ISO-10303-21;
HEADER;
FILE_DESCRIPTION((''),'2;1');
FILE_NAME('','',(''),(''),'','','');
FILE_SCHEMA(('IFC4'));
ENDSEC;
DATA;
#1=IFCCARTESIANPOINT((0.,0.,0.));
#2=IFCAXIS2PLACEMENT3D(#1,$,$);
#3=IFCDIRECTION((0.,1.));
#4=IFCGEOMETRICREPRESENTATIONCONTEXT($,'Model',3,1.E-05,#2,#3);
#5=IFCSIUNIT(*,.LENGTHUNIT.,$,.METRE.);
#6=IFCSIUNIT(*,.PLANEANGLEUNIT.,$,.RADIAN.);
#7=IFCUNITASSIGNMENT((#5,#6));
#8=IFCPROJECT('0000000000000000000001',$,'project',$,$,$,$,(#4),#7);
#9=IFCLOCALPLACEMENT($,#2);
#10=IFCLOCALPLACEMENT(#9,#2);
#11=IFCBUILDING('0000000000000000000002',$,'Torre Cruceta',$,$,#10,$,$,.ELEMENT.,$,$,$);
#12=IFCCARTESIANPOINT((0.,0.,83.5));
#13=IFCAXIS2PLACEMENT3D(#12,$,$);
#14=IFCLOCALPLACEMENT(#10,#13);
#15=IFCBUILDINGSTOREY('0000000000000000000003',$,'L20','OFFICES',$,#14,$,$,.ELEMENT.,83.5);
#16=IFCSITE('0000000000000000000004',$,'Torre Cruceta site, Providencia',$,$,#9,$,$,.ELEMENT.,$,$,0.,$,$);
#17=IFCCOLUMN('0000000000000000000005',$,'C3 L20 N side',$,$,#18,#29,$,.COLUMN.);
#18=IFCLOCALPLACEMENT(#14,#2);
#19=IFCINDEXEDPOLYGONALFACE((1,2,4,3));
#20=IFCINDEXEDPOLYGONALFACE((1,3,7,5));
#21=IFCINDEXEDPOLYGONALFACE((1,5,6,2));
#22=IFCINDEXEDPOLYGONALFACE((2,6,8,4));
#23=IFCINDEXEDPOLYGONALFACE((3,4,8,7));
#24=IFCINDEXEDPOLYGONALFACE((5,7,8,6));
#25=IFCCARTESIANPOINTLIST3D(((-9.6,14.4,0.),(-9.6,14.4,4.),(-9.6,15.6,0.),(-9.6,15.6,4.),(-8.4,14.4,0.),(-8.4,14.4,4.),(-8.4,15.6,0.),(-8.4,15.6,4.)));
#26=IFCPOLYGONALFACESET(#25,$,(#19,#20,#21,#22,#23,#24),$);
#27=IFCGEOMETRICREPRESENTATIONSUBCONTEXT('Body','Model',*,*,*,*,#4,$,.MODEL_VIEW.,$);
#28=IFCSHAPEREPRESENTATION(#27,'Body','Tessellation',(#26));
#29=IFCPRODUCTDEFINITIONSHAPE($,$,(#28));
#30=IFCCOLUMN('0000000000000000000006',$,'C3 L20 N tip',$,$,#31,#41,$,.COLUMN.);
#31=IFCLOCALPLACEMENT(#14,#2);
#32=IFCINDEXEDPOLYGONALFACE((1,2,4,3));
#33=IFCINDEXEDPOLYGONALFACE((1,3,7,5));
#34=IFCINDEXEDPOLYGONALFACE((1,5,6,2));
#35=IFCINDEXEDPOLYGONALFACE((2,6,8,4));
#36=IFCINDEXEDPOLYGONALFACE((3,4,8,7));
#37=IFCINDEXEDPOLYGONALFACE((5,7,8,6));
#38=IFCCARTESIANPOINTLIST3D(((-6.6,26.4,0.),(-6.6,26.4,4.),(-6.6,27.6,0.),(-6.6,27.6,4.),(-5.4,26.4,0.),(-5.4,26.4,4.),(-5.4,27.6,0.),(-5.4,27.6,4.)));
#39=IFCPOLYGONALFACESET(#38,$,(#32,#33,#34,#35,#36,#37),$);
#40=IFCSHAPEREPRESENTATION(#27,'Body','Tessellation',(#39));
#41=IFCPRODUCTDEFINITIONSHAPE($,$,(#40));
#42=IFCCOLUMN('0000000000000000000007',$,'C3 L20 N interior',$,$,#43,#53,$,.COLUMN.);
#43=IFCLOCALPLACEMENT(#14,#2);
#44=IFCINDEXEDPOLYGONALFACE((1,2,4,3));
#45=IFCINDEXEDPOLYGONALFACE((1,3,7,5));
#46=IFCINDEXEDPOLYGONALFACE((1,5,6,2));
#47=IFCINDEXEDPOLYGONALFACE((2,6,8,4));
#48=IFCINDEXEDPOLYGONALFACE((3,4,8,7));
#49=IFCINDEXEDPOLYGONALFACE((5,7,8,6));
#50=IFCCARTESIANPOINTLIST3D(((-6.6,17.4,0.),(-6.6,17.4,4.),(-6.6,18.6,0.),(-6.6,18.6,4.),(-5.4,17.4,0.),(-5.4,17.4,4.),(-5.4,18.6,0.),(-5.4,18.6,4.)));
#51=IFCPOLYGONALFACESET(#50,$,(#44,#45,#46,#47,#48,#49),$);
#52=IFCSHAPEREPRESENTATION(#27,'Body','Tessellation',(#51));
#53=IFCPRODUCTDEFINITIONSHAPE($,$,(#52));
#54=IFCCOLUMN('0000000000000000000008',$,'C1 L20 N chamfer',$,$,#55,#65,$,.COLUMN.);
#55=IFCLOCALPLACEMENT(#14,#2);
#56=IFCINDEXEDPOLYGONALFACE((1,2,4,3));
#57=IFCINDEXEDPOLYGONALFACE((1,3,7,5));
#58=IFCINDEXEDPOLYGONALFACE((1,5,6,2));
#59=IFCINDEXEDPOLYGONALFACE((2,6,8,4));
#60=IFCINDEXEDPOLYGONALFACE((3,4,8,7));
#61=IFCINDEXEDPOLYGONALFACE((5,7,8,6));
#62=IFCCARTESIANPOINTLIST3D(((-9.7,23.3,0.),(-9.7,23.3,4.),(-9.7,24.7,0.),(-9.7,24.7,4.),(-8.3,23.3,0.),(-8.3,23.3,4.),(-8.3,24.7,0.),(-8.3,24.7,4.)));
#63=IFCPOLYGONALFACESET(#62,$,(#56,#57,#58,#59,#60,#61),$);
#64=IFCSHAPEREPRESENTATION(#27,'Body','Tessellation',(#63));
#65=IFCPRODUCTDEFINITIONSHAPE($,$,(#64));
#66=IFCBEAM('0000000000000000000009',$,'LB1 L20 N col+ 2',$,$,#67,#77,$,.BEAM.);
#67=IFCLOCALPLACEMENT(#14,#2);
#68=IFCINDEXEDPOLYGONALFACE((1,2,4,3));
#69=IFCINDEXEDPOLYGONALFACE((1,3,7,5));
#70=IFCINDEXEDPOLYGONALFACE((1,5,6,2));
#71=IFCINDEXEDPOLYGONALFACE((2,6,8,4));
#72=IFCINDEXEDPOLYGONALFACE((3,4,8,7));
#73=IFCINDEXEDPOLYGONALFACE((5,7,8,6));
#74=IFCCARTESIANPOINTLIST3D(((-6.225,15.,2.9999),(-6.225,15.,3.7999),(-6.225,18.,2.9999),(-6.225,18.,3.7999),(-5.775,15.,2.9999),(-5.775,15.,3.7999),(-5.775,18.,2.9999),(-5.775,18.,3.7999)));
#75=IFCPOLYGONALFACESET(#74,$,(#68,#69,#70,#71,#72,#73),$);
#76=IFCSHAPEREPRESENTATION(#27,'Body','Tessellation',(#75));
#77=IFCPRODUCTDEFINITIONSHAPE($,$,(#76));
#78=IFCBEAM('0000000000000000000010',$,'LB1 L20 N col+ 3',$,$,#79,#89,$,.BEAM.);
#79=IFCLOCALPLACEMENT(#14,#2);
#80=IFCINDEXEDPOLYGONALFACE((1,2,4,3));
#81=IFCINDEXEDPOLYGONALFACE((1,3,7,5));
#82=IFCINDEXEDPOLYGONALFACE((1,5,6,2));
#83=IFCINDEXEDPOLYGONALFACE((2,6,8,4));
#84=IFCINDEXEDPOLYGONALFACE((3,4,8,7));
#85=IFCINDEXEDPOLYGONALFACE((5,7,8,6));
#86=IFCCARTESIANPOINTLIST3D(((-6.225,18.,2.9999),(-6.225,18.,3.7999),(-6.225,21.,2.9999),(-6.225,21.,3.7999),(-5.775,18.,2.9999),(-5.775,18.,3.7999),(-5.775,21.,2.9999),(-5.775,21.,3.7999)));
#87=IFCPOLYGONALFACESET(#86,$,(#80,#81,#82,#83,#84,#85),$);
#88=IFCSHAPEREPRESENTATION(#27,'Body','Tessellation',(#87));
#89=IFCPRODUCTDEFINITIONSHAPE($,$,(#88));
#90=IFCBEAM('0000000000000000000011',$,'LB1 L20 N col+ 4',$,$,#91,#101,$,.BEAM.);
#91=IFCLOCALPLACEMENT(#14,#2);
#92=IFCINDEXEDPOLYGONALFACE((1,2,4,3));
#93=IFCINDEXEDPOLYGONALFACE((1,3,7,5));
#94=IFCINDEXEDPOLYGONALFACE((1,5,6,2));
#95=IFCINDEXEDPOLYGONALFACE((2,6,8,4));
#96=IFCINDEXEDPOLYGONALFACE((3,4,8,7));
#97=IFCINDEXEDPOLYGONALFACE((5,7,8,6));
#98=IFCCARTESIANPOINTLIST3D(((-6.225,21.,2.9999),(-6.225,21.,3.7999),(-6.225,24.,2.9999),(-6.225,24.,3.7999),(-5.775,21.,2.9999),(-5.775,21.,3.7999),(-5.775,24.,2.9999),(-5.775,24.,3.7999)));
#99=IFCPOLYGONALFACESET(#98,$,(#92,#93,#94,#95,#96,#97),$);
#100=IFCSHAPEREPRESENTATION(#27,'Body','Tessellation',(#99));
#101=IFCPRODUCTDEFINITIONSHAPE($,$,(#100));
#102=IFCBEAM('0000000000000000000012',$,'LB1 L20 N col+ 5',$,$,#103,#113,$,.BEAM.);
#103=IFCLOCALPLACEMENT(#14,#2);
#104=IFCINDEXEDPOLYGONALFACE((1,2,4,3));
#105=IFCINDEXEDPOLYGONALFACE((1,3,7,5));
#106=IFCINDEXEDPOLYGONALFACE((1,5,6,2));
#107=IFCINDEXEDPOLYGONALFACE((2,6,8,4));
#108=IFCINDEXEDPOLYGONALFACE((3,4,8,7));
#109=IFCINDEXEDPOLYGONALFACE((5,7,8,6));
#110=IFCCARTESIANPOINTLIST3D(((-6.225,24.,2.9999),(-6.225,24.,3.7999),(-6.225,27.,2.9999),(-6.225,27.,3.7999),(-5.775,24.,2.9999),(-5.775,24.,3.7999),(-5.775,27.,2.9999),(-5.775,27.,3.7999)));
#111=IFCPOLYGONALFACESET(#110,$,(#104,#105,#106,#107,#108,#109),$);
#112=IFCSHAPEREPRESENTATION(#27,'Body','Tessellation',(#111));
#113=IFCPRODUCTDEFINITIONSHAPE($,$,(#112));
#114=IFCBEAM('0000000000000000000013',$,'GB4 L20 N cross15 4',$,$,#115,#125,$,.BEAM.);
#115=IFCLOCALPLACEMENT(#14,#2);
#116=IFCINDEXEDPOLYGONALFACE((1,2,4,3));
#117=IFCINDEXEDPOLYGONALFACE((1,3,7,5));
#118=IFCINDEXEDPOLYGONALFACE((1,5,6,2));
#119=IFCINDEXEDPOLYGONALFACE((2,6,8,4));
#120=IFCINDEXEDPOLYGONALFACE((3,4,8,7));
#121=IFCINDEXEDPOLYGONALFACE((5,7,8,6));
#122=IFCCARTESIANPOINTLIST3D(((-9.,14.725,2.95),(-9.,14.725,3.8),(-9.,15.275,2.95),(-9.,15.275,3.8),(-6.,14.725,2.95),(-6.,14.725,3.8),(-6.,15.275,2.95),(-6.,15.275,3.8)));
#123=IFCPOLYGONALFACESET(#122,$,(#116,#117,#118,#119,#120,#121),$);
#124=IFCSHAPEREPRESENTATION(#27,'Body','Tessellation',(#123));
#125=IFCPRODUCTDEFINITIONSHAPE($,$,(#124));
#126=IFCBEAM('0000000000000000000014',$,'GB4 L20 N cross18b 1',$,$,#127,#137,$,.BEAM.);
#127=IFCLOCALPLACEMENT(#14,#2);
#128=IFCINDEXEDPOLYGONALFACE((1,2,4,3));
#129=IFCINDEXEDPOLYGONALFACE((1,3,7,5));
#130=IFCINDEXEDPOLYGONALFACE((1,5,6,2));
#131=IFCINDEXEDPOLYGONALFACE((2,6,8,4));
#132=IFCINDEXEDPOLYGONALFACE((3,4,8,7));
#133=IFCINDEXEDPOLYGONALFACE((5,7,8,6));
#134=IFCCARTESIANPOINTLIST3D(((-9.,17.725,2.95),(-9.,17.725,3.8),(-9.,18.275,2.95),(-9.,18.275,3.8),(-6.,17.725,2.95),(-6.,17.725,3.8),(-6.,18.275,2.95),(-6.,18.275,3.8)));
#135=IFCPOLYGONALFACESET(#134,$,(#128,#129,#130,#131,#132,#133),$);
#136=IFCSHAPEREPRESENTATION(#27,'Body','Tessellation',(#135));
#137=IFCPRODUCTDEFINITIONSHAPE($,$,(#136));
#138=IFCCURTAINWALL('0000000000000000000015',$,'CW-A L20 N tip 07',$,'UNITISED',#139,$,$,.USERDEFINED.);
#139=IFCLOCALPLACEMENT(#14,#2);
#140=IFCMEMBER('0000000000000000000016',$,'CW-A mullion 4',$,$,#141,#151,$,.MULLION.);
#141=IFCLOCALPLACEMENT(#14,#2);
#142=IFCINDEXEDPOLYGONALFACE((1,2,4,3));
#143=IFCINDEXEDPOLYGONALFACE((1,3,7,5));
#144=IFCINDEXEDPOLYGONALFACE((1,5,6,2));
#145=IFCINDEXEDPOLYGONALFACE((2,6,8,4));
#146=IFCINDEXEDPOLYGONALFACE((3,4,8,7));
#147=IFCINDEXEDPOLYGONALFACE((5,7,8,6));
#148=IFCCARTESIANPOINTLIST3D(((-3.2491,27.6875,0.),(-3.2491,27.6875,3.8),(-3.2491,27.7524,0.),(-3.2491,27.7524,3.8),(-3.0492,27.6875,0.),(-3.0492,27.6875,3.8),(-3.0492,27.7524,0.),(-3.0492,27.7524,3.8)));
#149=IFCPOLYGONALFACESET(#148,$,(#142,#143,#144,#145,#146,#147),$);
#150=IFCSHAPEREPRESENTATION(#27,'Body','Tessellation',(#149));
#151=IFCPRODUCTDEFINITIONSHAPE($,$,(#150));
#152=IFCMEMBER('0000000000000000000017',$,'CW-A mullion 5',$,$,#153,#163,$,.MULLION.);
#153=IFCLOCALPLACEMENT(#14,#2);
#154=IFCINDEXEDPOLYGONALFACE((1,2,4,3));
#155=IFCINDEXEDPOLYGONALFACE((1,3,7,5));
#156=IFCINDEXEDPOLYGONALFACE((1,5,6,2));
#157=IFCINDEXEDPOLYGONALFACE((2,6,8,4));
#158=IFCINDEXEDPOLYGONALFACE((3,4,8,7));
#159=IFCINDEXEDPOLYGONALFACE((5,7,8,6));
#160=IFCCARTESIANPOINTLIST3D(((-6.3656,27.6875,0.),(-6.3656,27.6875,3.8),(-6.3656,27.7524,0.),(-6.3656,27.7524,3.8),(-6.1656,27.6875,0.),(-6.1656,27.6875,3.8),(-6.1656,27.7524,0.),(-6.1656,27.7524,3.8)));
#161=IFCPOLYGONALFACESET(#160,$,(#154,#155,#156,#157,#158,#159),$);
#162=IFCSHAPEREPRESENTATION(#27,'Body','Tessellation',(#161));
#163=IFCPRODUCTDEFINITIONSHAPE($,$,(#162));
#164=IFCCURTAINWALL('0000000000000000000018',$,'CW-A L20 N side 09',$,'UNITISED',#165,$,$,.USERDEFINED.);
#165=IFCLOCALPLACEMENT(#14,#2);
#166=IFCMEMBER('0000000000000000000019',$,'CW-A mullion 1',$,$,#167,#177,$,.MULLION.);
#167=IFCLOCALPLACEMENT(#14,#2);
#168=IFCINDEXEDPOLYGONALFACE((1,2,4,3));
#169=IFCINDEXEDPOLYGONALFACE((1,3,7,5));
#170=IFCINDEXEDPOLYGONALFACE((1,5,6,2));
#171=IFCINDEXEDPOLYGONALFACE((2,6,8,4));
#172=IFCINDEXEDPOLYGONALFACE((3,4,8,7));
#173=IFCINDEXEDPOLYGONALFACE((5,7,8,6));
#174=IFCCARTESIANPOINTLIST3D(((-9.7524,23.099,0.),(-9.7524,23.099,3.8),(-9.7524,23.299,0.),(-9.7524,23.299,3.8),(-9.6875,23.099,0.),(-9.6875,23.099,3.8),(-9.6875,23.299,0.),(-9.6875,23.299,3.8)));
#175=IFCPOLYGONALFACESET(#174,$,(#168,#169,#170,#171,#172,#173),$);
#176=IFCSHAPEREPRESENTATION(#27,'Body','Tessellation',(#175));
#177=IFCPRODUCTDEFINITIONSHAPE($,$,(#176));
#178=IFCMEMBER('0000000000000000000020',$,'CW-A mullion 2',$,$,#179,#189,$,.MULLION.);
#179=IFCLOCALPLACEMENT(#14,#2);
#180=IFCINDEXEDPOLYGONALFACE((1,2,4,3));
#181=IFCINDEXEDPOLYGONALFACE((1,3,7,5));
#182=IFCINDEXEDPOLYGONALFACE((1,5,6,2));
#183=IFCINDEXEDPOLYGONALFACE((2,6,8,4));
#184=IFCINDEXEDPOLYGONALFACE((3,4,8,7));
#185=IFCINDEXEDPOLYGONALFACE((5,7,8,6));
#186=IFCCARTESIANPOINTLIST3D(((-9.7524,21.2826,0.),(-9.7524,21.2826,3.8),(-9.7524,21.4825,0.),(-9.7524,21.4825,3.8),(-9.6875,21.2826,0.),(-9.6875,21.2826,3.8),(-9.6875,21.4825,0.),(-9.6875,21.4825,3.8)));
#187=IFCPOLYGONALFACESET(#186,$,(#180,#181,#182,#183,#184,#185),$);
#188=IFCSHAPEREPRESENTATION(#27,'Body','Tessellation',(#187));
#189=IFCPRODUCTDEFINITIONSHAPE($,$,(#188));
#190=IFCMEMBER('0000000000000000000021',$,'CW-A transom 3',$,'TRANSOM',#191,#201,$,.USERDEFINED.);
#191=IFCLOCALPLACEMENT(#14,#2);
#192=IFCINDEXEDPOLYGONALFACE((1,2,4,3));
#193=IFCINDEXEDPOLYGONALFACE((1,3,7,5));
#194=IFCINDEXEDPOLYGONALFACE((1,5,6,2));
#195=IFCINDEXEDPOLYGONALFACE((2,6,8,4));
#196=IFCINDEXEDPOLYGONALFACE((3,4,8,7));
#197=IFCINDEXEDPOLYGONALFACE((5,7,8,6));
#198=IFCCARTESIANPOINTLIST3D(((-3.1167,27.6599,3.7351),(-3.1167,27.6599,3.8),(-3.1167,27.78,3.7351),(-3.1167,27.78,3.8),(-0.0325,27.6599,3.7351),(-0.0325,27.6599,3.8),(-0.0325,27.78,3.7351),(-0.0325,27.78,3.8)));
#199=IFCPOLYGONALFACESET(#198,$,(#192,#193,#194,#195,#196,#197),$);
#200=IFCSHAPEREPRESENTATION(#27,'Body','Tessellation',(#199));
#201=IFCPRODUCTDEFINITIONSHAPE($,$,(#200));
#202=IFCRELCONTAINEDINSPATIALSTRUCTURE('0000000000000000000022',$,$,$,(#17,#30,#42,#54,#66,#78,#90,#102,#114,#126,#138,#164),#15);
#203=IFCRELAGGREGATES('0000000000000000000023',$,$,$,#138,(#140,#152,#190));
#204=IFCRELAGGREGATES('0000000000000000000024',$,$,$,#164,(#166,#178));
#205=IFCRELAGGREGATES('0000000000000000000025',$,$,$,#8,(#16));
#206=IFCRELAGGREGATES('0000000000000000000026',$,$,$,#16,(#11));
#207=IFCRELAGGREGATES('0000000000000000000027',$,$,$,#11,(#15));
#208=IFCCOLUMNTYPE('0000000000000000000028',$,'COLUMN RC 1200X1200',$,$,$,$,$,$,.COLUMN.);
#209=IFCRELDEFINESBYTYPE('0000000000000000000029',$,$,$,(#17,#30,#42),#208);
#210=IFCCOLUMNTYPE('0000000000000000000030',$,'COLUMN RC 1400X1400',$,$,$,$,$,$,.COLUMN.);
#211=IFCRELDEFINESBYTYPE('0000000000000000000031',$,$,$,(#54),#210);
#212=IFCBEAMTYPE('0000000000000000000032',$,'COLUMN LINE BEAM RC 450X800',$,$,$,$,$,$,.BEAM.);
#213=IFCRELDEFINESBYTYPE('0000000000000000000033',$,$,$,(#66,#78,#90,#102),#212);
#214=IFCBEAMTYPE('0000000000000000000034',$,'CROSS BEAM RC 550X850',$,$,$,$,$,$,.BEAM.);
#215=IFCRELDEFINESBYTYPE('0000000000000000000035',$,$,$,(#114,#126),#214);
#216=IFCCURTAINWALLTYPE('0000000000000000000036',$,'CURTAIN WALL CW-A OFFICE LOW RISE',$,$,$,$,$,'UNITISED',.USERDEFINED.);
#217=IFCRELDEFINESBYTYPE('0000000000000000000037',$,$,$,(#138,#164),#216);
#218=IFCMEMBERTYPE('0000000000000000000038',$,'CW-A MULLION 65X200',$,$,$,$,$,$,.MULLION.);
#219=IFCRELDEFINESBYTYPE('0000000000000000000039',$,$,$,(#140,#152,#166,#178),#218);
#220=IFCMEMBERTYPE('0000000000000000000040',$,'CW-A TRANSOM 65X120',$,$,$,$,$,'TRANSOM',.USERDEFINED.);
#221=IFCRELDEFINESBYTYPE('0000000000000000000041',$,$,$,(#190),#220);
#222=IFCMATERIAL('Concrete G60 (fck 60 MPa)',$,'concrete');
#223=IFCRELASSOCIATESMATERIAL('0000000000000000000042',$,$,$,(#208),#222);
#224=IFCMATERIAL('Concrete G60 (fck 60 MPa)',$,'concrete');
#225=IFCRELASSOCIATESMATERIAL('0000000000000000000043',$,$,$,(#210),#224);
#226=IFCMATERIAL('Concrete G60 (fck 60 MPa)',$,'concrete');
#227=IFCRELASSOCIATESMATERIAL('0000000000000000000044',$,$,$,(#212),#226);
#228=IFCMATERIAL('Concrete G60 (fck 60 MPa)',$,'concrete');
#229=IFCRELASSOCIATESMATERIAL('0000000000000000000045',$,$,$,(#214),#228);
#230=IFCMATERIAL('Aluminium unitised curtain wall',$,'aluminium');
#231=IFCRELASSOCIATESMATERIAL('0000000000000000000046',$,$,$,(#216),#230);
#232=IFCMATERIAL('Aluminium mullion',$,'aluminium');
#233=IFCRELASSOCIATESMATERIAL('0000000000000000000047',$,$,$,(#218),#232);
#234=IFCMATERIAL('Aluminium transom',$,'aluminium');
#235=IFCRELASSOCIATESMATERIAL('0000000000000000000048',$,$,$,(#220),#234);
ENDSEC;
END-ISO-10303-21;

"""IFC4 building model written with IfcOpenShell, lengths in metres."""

from ifc_helpers import new_model, si_unit, direction, frame, origin, origin_2d, place, context, subcontext, project, spatial, rectangle, extrude, material, material_profile, profile_set, type_object, element, aggregate, save


model = new_model("IFC4")

# Units and contexts
model_context = context("Model", 3, precision=1e-05, world=origin(), true_north=direction((0.0, 1.0)))
body_context = subcontext(model_context, "Body", "Model", "MODEL_VIEW")
ifc_project = project(units=[si_unit("LENGTHUNIT", "METRE"), si_unit("PLANEANGLEUNIT", "RADIAN")], contexts=[model_context])

# Site, building, storey
site_placement = place(None, origin())
site = spatial("IfcSite", under=ifc_project, at=site_placement, Name="Torre Cruceta site, Providencia", CompositionType="ELEMENT", RefElevation=0.0)
building_placement = place(site_placement, origin())
building = spatial("IfcBuilding", under=site, at=building_placement, Name="Torre Cruceta", CompositionType="ELEMENT")
storey_placement = place(building_placement, frame((0.0, 0.0, 83.5)))
storey = spatial("IfcBuildingStorey", under=building, at=storey_placement, Name="L20", Description="OFFICES", CompositionType="ELEMENT", Elevation=83.5)

# Columns
ifc_material_1 = material(Name="Concrete G60 (fck 60 MPa)", Category="concrete")
ifc_material_profile_1 = material_profile(ifc_material_1, rectangle(XDim=1.2, YDim=1.2, at=origin_2d()), Name="RC 1200X1200")
ifc_profile_set_1 = profile_set([ifc_material_profile_1], Name="Concrete G60 (fck 60 MPa)")
column_type_1 = type_object("IfcColumnType", Name="COLUMN RC 1200X1200", PredefinedType="COLUMN", material=ifc_profile_set_1)
for number, where, z_axis, x_axis, name in (
    (1, (-9.0, 15.0, 0.0), (0.0, 0.0, 1.0), (1.0, 0.0, 0.0), "C3 L20 N side"),
    (2, (-6.0, 27.0, 0.0), (0.0, 0.0, 1.0), (1.0, 0.0, 0.0), "C3 L20 N tip"),
    (3, (-6.0, 18.0, 0.0), (0.0, 0.0, 1.0), (1.0, 0.0, 0.0), "C3 L20 N interior"),
):
    element("IfcColumn", number, at=place(storey_placement, frame(where, z_axis=z_axis, x_axis=x_axis)), inside=storey, type_object=column_type_1, Name=name, PredefinedType="COLUMN", context=body_context, shape_type="SweptSolid", body=[
        extrude(rectangle(XDim=1.2, YDim=1.2, at=origin_2d()), origin(), (0.0, 0.0, 1.0), 4.0),
    ])
ifc_material_2 = material(Name="Concrete G60 (fck 60 MPa)", Category="concrete")
ifc_material_profile_2 = material_profile(ifc_material_2, rectangle(XDim=1.3999, YDim=1.3999, at=origin_2d()), Name="RC 1400X1400")
ifc_profile_set_2 = profile_set([ifc_material_profile_2], Name="Concrete G60 (fck 60 MPa)")
column_type_2 = type_object("IfcColumnType", Name="COLUMN RC 1400X1400", PredefinedType="COLUMN", material=ifc_profile_set_2)
column_placement = place(storey_placement, frame((-9.0, 24.0, 0.0), z_axis=(0.0, 0.0, 1.0), x_axis=(1.0, 0.0, 0.0)))
element("IfcColumn", 4, at=column_placement, inside=storey, type_object=column_type_2, Name="C1 L20 N chamfer", PredefinedType="COLUMN", context=body_context, shape_type="SweptSolid", body=[
    extrude(rectangle(XDim=1.3999, YDim=1.3999, at=origin_2d()), origin(), (0.0, 0.0, 1.0), 4.0),
])

# Beams
ifc_material_3 = material(Name="Concrete G60 (fck 60 MPa)", Category="concrete")
ifc_material_profile_3 = material_profile(ifc_material_3, rectangle(XDim=0.45, YDim=0.8, at=origin_2d()), Name="RC 450X800")
ifc_profile_set_3 = profile_set([ifc_material_profile_3], Name="Concrete G60 (fck 60 MPa)")
beam_type_1 = type_object("IfcBeamType", Name="COLUMN LINE BEAM RC 450X800", PredefinedType="BEAM", material=ifc_profile_set_3)
for number, where, z_axis, x_axis, name in (
    (5, (-6.0, 15.0, 3.3999), (0.0, 1.0, 0.0), (-1.0, 0.0, 0.0), "LB1 L20 N col+ 2"),
    (6, (-6.0, 18.0, 3.3999), (0.0, 1.0, 0.0), (-1.0, 0.0, 0.0), "LB1 L20 N col+ 3"),
    (7, (-6.0, 21.0, 3.3999), (0.0, 1.0, 0.0), (-1.0, 0.0, 0.0), "LB1 L20 N col+ 4"),
    (8, (-6.0, 24.0, 3.3999), (0.0, 1.0, 0.0), (-1.0, 0.0, 0.0), "LB1 L20 N col+ 5"),
):
    element("IfcBeam", number, at=place(storey_placement, frame(where, z_axis=z_axis, x_axis=x_axis)), inside=storey, type_object=beam_type_1, Name=name, PredefinedType="BEAM", context=body_context, shape_type="SweptSolid", body=[
        extrude(rectangle(XDim=0.45, YDim=0.8, at=origin_2d()), origin(), (0.0, 0.0, 1.0), 3.0),
    ])
ifc_material_4 = material(Name="Concrete G60 (fck 60 MPa)", Category="concrete")
ifc_material_profile_4 = material_profile(ifc_material_4, rectangle(XDim=0.55, YDim=0.8501, at=origin_2d()), Name="RC 550X850")
ifc_profile_set_4 = profile_set([ifc_material_profile_4], Name="Concrete G60 (fck 60 MPa)")
beam_type_2 = type_object("IfcBeamType", Name="CROSS BEAM RC 550X850", PredefinedType="BEAM", material=ifc_profile_set_4)
for number, where, z_axis, x_axis, name in (
    (9, (-6.0, 15.0, 3.375), (-1.0, 0.0, 0.0), (0.0, -1.0, 0.0), "GB4 L20 N cross15 4"),
    (10, (-6.0, 18.0, 3.375), (-1.0, 0.0, 0.0), (0.0, -1.0, 0.0), "GB4 L20 N cross18b 1"),
):
    element("IfcBeam", number, at=place(storey_placement, frame(where, z_axis=z_axis, x_axis=x_axis)), inside=storey, type_object=beam_type_2, Name=name, PredefinedType="BEAM", context=body_context, shape_type="SweptSolid", body=[
        extrude(rectangle(XDim=0.55, YDim=0.8501, at=origin_2d()), origin(), (0.0, 0.0, 1.0), 3.0),
    ])

# Curtain walls, members
ifc_material_5 = material(Name="Aluminium unitised curtain wall", Category="aluminium")
curtain_wall_type = type_object("IfcCurtainWallType", Name="CURTAIN WALL CW-A OFFICE LOW RISE", ElementType="UNITISED", PredefinedType="USERDEFINED", material=ifc_material_5)
curtain_wall_1_placement = place(storey_placement, origin())
curtain_wall_1 = element("IfcCurtainWall", 11, at=curtain_wall_1_placement, inside=storey, type_object=curtain_wall_type, Name="CW-A L20 N tip 07", ObjectType="UNITISED", PredefinedType="USERDEFINED")
ifc_material_6 = material(Name="Aluminium mullion", Category="aluminium")
ifc_material_profile_5 = material_profile(ifc_material_6, rectangle(XDim=0.0649, YDim=0.2, at=origin_2d()), Name="AL 65X200")
ifc_profile_set_5 = profile_set([ifc_material_profile_5], Name="Aluminium mullion")
member_type_1 = type_object("IfcMemberType", Name="CW-A MULLION 65X200", PredefinedType="MULLION", material=ifc_profile_set_5)
member_1_placement = place(storey_placement, frame((-3.1492, 27.72, 0.0), z_axis=(0.0, 0.0, 1.0), x_axis=(0.0, -1.0, 0.0)))
member_1 = element("IfcMember", 12, at=member_1_placement, type_object=member_type_1, Name="CW-A mullion 4", PredefinedType="MULLION", context=body_context, shape_type="SweptSolid", body=[
    extrude(rectangle(XDim=0.0649, YDim=0.2, at=origin_2d()), origin(), (0.0, 0.0, 1.0), 3.8),
])
member_2_placement = place(storey_placement, frame((-6.2656, 27.72, 0.0), z_axis=(0.0, 0.0, 1.0), x_axis=(0.0, -1.0, 0.0)))
member_2 = element("IfcMember", 13, at=member_2_placement, type_object=member_type_1, Name="CW-A mullion 5", PredefinedType="MULLION", context=body_context, shape_type="SweptSolid", body=[
    extrude(rectangle(XDim=0.0649, YDim=0.2, at=origin_2d()), origin(), (0.0, 0.0, 1.0), 3.8),
])
curtain_wall_2_placement = place(storey_placement, origin())
curtain_wall_2 = element("IfcCurtainWall", 14, at=curtain_wall_2_placement, inside=storey, type_object=curtain_wall_type, Name="CW-A L20 N side 09", ObjectType="UNITISED", PredefinedType="USERDEFINED")
member_3_placement = place(storey_placement, frame((-9.72, 23.199, 0.0), z_axis=(0.0, 0.0, 1.0), x_axis=(1.0, 0.0, 0.0)))
member_3 = element("IfcMember", 15, at=member_3_placement, type_object=member_type_1, Name="CW-A mullion 1", PredefinedType="MULLION", context=body_context, shape_type="SweptSolid", body=[
    extrude(rectangle(XDim=0.0649, YDim=0.2, at=origin_2d()), origin(), (0.0, 0.0, 1.0), 3.8),
])
member_4_placement = place(storey_placement, frame((-9.72, 21.3826, 0.0), z_axis=(0.0, 0.0, 1.0), x_axis=(1.0, 0.0, 0.0)))
member_4 = element("IfcMember", 16, at=member_4_placement, type_object=member_type_1, Name="CW-A mullion 2", PredefinedType="MULLION", context=body_context, shape_type="SweptSolid", body=[
    extrude(rectangle(XDim=0.0649, YDim=0.2, at=origin_2d()), origin(), (0.0, 0.0, 1.0), 3.8),
])

# Member
ifc_material_7 = material(Name="Aluminium transom", Category="aluminium")
ifc_material_profile_6 = material_profile(ifc_material_7, rectangle(XDim=0.1201, YDim=0.0649, at=origin_2d()), Name="AL 120X65")
ifc_profile_set_6 = profile_set([ifc_material_profile_6], Name="Aluminium transom")
member_type_2 = type_object("IfcMemberType", Name="CW-A TRANSOM 65X120", ElementType="TRANSOM", PredefinedType="USERDEFINED", material=ifc_profile_set_6)
member_5_placement = place(storey_placement, frame((-0.0325, 27.72, 3.7676), z_axis=(-1.0, 0.0, 0.0), x_axis=(0.0, -1.0, 0.0)))
member_5 = element("IfcMember", 17, at=member_5_placement, type_object=member_type_2, Name="CW-A transom 3", ObjectType="TRANSOM", PredefinedType="USERDEFINED", context=body_context, shape_type="SweptSolid", body=[
    extrude(rectangle(XDim=0.1201, YDim=0.0649, at=origin_2d()), origin(), (0.0, 0.0, 1.0), 3.0842),
])

aggregate(curtain_wall_1, [member_1, member_2, member_5])
aggregate(curtain_wall_2, [member_3, member_4])

save(model, "model.ifc")
